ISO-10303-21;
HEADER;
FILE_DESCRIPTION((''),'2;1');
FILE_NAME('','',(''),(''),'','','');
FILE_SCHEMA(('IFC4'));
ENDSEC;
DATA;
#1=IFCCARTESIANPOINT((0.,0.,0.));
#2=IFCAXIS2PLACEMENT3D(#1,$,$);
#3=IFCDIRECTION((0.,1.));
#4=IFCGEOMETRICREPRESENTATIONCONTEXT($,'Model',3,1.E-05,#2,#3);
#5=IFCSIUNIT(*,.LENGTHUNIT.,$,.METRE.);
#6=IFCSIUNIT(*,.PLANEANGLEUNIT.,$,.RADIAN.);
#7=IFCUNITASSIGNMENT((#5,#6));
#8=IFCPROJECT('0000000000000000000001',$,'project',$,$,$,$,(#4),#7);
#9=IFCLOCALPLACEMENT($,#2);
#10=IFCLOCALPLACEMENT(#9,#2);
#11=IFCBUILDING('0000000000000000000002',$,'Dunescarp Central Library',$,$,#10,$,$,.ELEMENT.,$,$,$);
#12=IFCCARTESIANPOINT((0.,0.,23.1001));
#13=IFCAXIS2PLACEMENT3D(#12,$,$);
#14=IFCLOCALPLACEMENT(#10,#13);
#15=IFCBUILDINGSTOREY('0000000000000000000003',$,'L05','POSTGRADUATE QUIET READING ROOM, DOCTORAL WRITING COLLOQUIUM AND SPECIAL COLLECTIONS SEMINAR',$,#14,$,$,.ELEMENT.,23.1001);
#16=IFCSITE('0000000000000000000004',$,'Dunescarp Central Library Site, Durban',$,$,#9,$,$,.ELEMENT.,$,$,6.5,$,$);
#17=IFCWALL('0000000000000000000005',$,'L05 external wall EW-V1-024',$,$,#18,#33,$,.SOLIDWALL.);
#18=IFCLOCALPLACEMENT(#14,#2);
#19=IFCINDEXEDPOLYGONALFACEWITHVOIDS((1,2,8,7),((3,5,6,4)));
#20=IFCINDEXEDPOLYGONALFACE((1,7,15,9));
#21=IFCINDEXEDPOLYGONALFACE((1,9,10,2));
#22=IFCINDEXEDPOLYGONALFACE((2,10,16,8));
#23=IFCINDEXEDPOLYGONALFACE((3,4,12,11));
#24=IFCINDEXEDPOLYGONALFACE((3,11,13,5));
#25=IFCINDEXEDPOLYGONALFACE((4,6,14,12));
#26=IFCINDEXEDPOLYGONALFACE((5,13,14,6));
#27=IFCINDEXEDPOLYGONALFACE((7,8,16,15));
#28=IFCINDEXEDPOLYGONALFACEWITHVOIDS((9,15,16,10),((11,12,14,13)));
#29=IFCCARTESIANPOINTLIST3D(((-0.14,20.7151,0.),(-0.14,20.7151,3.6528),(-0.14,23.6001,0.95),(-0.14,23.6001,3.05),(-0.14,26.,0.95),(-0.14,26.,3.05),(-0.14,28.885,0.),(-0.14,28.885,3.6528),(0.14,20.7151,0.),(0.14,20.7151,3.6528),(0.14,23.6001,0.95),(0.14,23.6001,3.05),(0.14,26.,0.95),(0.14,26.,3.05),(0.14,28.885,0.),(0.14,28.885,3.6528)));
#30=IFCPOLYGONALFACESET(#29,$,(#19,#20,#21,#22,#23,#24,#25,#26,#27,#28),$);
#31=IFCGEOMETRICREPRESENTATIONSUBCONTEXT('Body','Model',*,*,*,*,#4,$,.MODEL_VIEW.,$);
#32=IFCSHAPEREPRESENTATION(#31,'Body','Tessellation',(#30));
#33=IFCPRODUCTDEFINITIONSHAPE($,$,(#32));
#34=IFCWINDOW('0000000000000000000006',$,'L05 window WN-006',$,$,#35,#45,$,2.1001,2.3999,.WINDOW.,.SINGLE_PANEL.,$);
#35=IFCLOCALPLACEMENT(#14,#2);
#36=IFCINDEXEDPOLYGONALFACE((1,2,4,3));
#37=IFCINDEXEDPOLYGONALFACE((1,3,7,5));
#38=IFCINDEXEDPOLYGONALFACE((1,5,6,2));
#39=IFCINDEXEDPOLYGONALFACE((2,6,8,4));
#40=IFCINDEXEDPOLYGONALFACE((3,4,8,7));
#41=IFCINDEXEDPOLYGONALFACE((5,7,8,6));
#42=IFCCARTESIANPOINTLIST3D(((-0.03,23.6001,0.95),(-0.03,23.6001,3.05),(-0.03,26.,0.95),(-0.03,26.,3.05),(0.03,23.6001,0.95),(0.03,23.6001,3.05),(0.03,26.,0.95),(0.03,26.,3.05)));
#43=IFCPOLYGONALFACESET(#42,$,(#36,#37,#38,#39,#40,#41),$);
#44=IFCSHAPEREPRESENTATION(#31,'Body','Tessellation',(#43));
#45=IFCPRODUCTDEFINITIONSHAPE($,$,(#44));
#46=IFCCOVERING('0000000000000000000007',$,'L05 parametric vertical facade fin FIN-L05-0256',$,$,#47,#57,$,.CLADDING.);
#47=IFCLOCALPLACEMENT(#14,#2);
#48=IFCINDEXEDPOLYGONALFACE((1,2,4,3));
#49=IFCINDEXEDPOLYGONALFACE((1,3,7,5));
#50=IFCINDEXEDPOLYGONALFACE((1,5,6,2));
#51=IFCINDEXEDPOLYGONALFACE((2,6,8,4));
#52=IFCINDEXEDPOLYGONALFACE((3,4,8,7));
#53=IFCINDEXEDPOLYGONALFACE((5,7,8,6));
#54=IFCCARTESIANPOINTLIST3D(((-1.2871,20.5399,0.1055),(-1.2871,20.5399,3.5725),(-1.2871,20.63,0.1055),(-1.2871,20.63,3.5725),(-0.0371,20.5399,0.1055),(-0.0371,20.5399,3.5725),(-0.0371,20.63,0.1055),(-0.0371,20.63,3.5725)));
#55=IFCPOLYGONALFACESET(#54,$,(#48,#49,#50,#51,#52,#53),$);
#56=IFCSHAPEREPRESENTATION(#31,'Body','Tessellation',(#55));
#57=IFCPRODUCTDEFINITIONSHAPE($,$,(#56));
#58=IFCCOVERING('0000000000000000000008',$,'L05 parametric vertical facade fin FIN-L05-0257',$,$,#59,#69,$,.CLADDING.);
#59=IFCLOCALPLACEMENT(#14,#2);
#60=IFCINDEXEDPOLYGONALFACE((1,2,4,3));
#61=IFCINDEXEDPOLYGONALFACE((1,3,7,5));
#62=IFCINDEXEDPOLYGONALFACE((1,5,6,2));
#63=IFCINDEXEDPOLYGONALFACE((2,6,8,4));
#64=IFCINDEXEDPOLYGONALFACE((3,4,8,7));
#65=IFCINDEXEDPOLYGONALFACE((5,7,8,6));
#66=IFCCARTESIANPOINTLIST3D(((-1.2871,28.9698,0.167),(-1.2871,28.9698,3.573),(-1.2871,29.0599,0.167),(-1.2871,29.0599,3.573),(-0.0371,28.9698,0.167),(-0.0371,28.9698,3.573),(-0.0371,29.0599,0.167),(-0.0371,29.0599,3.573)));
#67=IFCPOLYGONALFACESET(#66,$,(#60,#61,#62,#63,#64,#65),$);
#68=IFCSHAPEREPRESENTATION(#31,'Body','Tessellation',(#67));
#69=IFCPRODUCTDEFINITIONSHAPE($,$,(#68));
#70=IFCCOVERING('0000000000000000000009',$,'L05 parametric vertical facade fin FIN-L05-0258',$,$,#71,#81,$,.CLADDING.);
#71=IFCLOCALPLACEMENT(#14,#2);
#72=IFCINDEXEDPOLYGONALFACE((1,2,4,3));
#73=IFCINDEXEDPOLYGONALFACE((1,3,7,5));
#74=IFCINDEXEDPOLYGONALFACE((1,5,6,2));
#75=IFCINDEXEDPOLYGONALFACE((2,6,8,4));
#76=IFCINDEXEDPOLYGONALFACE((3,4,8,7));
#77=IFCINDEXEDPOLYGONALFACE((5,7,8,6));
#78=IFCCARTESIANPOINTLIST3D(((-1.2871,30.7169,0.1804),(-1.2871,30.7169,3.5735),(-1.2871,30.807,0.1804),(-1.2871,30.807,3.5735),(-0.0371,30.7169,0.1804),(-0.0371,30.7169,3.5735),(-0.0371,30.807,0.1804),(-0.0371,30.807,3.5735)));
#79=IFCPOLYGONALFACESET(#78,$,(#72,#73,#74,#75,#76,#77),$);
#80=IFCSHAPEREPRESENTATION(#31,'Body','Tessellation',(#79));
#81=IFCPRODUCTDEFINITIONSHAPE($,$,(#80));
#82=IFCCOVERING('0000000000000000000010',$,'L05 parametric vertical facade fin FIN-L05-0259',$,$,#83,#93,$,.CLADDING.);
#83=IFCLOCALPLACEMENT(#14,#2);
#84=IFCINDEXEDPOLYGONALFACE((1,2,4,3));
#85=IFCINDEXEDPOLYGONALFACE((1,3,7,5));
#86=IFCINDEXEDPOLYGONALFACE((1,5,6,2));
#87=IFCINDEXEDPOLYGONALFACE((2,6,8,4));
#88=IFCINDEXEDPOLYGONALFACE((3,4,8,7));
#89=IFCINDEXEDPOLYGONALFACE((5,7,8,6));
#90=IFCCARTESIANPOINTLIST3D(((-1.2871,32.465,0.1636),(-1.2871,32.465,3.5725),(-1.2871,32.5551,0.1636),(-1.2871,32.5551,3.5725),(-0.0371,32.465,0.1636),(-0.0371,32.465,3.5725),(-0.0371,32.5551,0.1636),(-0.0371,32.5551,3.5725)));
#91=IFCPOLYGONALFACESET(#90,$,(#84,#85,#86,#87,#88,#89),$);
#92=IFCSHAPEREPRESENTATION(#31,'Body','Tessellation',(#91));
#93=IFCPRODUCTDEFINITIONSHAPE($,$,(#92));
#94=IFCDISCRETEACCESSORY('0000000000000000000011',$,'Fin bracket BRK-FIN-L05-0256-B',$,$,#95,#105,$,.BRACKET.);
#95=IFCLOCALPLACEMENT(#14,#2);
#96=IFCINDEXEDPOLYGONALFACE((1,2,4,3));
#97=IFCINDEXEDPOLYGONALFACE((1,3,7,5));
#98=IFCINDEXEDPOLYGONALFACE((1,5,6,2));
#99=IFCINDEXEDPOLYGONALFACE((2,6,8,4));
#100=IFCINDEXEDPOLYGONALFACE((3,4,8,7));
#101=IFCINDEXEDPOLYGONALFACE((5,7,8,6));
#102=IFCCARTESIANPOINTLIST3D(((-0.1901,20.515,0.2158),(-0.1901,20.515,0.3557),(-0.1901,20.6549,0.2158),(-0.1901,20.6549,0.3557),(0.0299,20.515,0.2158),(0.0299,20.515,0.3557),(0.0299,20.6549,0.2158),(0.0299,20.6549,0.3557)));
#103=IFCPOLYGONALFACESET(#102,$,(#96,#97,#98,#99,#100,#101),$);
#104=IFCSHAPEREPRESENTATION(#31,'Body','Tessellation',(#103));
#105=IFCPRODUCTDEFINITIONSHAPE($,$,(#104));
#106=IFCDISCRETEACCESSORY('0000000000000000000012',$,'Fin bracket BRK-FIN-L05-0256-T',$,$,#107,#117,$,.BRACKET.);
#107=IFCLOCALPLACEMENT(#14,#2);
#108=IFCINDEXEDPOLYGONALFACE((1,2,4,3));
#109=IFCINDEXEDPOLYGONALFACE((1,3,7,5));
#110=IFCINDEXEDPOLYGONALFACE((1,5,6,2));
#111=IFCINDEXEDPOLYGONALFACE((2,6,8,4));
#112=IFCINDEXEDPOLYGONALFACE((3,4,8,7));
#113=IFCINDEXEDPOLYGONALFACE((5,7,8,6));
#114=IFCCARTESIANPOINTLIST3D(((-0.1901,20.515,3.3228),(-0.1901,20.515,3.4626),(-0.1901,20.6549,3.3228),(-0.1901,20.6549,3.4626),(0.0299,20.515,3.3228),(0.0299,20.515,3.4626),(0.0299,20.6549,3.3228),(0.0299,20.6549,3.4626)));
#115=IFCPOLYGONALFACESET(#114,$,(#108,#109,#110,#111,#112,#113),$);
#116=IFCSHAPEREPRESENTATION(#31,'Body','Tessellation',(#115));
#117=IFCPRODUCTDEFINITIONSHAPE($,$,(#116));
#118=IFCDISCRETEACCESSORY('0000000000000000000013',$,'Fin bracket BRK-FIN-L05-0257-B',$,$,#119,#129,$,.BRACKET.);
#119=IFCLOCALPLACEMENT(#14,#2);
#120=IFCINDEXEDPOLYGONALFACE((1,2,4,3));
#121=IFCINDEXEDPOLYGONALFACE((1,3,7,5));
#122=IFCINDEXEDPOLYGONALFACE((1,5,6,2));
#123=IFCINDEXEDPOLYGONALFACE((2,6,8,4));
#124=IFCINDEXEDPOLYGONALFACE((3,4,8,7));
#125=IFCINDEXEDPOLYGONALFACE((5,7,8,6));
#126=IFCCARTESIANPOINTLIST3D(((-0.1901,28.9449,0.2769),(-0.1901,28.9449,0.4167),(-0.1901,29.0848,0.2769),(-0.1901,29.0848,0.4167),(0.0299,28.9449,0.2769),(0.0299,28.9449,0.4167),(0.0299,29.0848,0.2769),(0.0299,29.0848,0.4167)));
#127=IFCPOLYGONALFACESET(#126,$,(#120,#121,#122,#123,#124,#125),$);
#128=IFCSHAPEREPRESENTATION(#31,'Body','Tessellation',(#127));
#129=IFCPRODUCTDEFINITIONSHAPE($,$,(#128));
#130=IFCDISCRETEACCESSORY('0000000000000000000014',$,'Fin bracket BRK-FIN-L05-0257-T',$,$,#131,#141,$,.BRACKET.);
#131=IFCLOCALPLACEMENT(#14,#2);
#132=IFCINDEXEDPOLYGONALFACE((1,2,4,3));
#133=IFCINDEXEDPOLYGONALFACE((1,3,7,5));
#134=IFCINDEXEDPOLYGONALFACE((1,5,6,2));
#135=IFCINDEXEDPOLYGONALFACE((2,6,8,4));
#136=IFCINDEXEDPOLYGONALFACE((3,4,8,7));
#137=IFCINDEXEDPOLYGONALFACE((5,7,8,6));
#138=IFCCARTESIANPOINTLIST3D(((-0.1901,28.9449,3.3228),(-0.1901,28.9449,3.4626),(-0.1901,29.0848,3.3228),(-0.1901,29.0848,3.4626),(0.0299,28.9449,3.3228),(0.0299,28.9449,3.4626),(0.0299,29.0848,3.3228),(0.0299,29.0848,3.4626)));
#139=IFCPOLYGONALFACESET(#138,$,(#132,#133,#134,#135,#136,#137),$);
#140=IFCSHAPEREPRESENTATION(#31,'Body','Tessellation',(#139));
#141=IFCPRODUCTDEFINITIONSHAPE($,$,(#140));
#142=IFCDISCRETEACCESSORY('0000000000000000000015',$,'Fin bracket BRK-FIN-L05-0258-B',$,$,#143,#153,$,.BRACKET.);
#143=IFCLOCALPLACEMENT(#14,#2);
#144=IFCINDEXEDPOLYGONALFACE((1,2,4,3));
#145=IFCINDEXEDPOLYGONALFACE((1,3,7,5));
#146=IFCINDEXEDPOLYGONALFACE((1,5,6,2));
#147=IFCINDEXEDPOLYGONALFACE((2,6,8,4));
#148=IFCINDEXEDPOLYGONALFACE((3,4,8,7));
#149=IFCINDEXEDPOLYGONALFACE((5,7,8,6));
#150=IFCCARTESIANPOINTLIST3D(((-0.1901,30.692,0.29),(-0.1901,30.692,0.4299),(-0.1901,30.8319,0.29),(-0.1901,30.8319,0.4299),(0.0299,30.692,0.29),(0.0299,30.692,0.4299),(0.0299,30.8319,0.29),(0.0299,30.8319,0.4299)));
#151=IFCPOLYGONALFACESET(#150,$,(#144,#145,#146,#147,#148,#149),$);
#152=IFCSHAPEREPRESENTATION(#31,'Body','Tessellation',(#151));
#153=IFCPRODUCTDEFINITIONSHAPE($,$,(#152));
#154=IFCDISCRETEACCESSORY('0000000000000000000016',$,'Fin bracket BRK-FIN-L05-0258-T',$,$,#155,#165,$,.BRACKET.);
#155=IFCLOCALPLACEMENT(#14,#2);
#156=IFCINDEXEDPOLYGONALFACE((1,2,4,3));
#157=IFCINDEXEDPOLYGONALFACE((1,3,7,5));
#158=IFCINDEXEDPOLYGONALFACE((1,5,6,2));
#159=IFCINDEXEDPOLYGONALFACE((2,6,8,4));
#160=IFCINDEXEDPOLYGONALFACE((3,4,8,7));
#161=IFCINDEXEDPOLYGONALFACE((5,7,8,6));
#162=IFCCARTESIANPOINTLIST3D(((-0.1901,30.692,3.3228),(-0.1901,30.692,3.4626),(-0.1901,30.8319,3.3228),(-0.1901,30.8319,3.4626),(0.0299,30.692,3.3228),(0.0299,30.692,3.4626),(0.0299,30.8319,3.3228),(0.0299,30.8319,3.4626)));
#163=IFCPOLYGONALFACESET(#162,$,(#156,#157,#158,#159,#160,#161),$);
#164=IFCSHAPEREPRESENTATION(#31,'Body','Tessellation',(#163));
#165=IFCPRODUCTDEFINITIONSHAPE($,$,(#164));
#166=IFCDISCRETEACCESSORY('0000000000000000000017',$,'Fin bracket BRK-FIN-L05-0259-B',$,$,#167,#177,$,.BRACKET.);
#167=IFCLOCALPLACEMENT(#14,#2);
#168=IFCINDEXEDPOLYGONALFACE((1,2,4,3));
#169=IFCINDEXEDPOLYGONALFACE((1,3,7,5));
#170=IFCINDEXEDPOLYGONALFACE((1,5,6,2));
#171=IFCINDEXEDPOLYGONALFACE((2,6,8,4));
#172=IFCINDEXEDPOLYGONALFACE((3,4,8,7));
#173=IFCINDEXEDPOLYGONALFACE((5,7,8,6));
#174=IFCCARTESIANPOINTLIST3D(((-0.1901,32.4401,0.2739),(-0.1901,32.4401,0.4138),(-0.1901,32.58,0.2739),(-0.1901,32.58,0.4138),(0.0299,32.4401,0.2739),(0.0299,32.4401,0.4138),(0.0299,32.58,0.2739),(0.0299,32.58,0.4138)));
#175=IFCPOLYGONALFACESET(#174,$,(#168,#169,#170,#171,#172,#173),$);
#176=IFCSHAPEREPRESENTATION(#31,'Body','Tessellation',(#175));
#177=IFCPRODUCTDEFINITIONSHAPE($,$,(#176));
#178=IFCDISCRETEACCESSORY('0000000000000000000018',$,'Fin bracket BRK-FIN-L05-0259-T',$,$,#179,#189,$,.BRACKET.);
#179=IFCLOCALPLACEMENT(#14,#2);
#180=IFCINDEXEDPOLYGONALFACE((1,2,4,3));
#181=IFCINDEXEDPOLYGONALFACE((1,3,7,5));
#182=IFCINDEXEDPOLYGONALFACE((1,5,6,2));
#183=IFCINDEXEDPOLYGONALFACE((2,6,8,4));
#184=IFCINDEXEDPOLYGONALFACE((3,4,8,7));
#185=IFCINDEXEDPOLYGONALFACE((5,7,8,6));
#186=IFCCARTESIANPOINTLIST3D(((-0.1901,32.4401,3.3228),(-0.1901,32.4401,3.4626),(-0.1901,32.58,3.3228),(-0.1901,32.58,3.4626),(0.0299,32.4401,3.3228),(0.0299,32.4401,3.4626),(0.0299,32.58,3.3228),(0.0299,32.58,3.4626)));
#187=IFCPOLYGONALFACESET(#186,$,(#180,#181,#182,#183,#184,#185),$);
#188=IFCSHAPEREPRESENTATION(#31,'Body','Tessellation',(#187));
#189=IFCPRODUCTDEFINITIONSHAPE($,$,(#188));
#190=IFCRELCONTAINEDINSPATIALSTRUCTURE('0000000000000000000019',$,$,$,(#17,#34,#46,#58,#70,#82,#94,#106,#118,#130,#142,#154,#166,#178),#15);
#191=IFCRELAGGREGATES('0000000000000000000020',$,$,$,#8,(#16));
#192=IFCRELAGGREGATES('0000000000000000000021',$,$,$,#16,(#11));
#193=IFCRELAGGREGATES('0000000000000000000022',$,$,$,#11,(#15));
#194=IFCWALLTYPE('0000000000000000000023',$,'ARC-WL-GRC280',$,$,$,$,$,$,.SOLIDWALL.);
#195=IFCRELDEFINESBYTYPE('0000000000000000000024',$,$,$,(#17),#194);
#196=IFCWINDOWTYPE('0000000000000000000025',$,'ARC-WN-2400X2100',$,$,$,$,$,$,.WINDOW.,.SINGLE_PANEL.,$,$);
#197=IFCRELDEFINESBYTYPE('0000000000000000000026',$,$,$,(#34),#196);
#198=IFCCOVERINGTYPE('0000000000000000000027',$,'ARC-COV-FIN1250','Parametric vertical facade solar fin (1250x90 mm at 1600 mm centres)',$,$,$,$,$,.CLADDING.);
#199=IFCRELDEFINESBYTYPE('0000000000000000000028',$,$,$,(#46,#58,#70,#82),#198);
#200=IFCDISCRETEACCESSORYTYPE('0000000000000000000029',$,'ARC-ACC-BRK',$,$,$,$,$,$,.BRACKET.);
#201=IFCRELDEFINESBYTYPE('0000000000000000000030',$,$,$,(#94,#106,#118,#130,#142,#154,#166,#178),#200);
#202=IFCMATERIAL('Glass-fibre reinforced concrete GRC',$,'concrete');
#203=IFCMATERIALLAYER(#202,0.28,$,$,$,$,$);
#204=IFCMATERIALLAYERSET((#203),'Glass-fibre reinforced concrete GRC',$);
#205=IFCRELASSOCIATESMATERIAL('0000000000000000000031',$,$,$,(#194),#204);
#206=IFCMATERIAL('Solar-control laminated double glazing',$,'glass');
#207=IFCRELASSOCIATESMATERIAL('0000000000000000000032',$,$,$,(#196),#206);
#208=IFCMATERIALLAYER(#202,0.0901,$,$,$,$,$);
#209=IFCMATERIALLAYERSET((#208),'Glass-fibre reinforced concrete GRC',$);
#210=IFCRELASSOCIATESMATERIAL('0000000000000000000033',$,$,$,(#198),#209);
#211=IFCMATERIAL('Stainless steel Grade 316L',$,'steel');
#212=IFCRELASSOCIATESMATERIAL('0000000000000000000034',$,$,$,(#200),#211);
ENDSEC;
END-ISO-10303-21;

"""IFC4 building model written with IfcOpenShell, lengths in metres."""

from ifc_helpers import new_model, si_unit, direction, frame, frame_2d, origin, origin_2d, place, context, subcontext, project, spatial, rectangle, extrude, material, layer, layer_set, type_object, element, fill, save


model = new_model("IFC4")

# Units and contexts
model_context = context("Model", 3, precision=1e-05, world=origin(), true_north=direction((0.0, 1.0)))
body_context = subcontext(model_context, "Body", "Model", "MODEL_VIEW")
ifc_project = project(units=[si_unit("LENGTHUNIT", "METRE"), si_unit("PLANEANGLEUNIT", "RADIAN")], contexts=[model_context])

# Site, building, storey
site_placement = place(None, origin())
site = spatial("IfcSite", under=ifc_project, at=site_placement, Name="Dunescarp Central Library Site, Durban", CompositionType="ELEMENT", RefElevation=6.5)
building_placement = place(site_placement, origin())
building = spatial("IfcBuilding", under=site, at=building_placement, Name="Dunescarp Central Library", CompositionType="ELEMENT")
storey_placement = place(building_placement, frame((0.0, 0.0, 23.1001)))
storey = spatial("IfcBuildingStorey", under=building, at=storey_placement, Name="L05", Description="POSTGRADUATE QUIET READING ROOM, DOCTORAL WRITING COLLOQUIUM AND SPECIAL COLLECTIONS SEMINAR", CompositionType="ELEMENT", Elevation=23.1001)

# Shared definitions
ifc_material_1 = material(Name="Solar-control laminated double glazing", Category="glass")

# Wall, opening, window
ifc_material_2 = material(Name="Glass-fibre reinforced concrete GRC", Category="concrete")
ifc_layer_1 = layer(ifc_material_2, 0.28)
ifc_layer_set_1 = layer_set([ifc_layer_1], Name="Glass-fibre reinforced concrete GRC")
wall_type = type_object("IfcWallType", Name="ARC-WL-GRC280", PredefinedType="SOLIDWALL", material=ifc_layer_set_1)
wall_placement = place(storey_placement, frame((0.0, 20.7151, 0.0), z_axis=(0.0, 0.0, 1.0), x_axis=(0.0, 1.0, 0.0)))
wall = element("IfcWall", 1, at=wall_placement, inside=storey, type_object=wall_type, Name="L05 external wall EW-V1-024", PredefinedType="SOLIDWALL", context=body_context, shape_type="SweptSolid", body=[
    extrude(rectangle(XDim=8.1699, YDim=0.28, at=frame_2d((4.085, 0.0))), origin(), (0.0, 0.0, 1.0), 3.6528),
])
opening_placement = place(wall_placement, frame((2.885, 0.0, 0.95)))
opening = element("IfcOpeningElement", 2, at=opening_placement, cuts=wall, PredefinedType="OPENING", context=body_context, shape_type="SweptSolid", body=[
    extrude(rectangle(XDim=2.3999, YDim=2.1001, at=frame_2d((1.2, 1.05))), frame((0.0, 0.1499, 0.0), z_axis=(0.0, -1.0, 0.0), x_axis=(1.0, 0.0, 0.0)), (0.0, 0.0, 1.0), 0.3),
])
window_type = type_object("IfcWindowType", Name="ARC-WN-2400X2100", PartitioningType="SINGLE_PANEL", PredefinedType="WINDOW", material=ifc_material_1)
window_placement = place(opening_placement, origin())
window = element("IfcWindow", 3, at=window_placement, inside=storey, type_object=window_type, Name="L05 window WN-006", OverallHeight=2.1001, OverallWidth=2.3999, PartitioningType="SINGLE_PANEL", PredefinedType="WINDOW", context=body_context, shape_type="SweptSolid", body=[
    extrude(rectangle(XDim=2.3999, YDim=2.1001, at=frame_2d((1.2, 1.05))), frame((0.0, 0.03, 0.0), z_axis=(0.0, -1.0, 0.0), x_axis=(1.0, 0.0, 0.0)), (0.0, 0.0, 1.0), 0.0601),
])
fill(opening, window)

# Coverings
ifc_layer_2 = layer(ifc_material_2, 0.0901)
ifc_layer_set_2 = layer_set([ifc_layer_2], Name="Glass-fibre reinforced concrete GRC")
covering_type = type_object("IfcCoveringType", Name="ARC-COV-FIN1250", Description="Parametric vertical facade solar fin (1250x90 mm at 1600 mm centres)", PredefinedType="CLADDING", material=ifc_layer_set_2)
covering_1_placement = place(storey_placement, frame((-0.6621, 20.585, 0.1055), z_axis=(0.0, 0.0, 1.0), x_axis=(-1.0, 0.0, 0.0)))
element("IfcCovering", 4, at=covering_1_placement, inside=storey, type_object=covering_type, Name="L05 parametric vertical facade fin FIN-L05-0256", PredefinedType="CLADDING", context=body_context, shape_type="SweptSolid", body=[
    extrude(rectangle(XDim=1.25, YDim=0.0901, at=origin_2d()), origin(), (0.0, 0.0, 1.0), 3.467),
])
covering_2_placement = place(storey_placement, frame((-0.6621, 29.0149, 0.167), z_axis=(0.0, 0.0, 1.0), x_axis=(-1.0, 0.0, 0.0)))
element("IfcCovering", 5, at=covering_2_placement, inside=storey, type_object=covering_type, Name="L05 parametric vertical facade fin FIN-L05-0257", PredefinedType="CLADDING", context=body_context, shape_type="SweptSolid", body=[
    extrude(rectangle(XDim=1.25, YDim=0.0901, at=origin_2d()), origin(), (0.0, 0.0, 1.0), 3.406),
])
covering_3_placement = place(storey_placement, frame((-0.6621, 30.762, 0.1804), z_axis=(0.0, 0.0, 1.0), x_axis=(-1.0, 0.0, 0.0)))
element("IfcCovering", 6, at=covering_3_placement, inside=storey, type_object=covering_type, Name="L05 parametric vertical facade fin FIN-L05-0258", PredefinedType="CLADDING", context=body_context, shape_type="SweptSolid", body=[
    extrude(rectangle(XDim=1.25, YDim=0.0901, at=origin_2d()), origin(), (0.0, 0.0, 1.0), 3.3931),
])
covering_4_placement = place(storey_placement, frame((-0.6621, 32.51, 0.1636), z_axis=(0.0, 0.0, 1.0), x_axis=(-1.0, 0.0, 0.0)))
element("IfcCovering", 7, at=covering_4_placement, inside=storey, type_object=covering_type, Name="L05 parametric vertical facade fin FIN-L05-0259", PredefinedType="CLADDING", context=body_context, shape_type="SweptSolid", body=[
    extrude(rectangle(XDim=1.25, YDim=0.0901, at=origin_2d()), origin(), (0.0, 0.0, 1.0), 3.4089),
])

# Discrete accessories
ifc_material_3 = material(Name="Stainless steel Grade 316L", Category="steel")
discrete_accessory_type = type_object("IfcDiscreteAccessoryType", Name="ARC-ACC-BRK", PredefinedType="BRACKET", material=ifc_material_3)
for number, where, z_axis, x_axis, name in (
    (8, (-0.0801, 20.585, 0.2158), (0.0, 0.0, 1.0), (-1.0, 0.0, 0.0), "Fin bracket BRK-FIN-L05-0256-B"),
    (9, (-0.0801, 20.585, 3.3228), (0.0, 0.0, 1.0), (-1.0, 0.0, 0.0), "Fin bracket BRK-FIN-L05-0256-T"),
    (10, (-0.0801, 29.0149, 0.2769), (0.0, 0.0, 1.0), (-1.0, 0.0, 0.0), "Fin bracket BRK-FIN-L05-0257-B"),
    (11, (-0.0801, 29.0149, 3.3228), (0.0, 0.0, 1.0), (-1.0, 0.0, 0.0), "Fin bracket BRK-FIN-L05-0257-T"),
    (12, (-0.0801, 30.762, 0.29), (0.0, 0.0, 1.0), (-1.0, 0.0, 0.0), "Fin bracket BRK-FIN-L05-0258-B"),
    (13, (-0.0801, 30.762, 3.3228), (0.0, 0.0, 1.0), (-1.0, 0.0, 0.0), "Fin bracket BRK-FIN-L05-0258-T"),
    (14, (-0.0801, 32.51, 0.2739), (0.0, 0.0, 1.0), (-1.0, 0.0, 0.0), "Fin bracket BRK-FIN-L05-0259-B"),
    (15, (-0.0801, 32.51, 3.3228), (0.0, 0.0, 1.0), (-1.0, 0.0, 0.0), "Fin bracket BRK-FIN-L05-0259-T"),
):
    element("IfcDiscreteAccessory", number, at=place(storey_placement, frame(where, z_axis=z_axis, x_axis=x_axis)), inside=storey, type_object=discrete_accessory_type, Name=name, PredefinedType="BRACKET", context=body_context, shape_type="SweptSolid", body=[
        extrude(rectangle(XDim=0.22, YDim=0.1399, at=origin_2d()), origin(), (0.0, 0.0, 1.0), 0.1399),
    ])

save(model, "model.ifc")
